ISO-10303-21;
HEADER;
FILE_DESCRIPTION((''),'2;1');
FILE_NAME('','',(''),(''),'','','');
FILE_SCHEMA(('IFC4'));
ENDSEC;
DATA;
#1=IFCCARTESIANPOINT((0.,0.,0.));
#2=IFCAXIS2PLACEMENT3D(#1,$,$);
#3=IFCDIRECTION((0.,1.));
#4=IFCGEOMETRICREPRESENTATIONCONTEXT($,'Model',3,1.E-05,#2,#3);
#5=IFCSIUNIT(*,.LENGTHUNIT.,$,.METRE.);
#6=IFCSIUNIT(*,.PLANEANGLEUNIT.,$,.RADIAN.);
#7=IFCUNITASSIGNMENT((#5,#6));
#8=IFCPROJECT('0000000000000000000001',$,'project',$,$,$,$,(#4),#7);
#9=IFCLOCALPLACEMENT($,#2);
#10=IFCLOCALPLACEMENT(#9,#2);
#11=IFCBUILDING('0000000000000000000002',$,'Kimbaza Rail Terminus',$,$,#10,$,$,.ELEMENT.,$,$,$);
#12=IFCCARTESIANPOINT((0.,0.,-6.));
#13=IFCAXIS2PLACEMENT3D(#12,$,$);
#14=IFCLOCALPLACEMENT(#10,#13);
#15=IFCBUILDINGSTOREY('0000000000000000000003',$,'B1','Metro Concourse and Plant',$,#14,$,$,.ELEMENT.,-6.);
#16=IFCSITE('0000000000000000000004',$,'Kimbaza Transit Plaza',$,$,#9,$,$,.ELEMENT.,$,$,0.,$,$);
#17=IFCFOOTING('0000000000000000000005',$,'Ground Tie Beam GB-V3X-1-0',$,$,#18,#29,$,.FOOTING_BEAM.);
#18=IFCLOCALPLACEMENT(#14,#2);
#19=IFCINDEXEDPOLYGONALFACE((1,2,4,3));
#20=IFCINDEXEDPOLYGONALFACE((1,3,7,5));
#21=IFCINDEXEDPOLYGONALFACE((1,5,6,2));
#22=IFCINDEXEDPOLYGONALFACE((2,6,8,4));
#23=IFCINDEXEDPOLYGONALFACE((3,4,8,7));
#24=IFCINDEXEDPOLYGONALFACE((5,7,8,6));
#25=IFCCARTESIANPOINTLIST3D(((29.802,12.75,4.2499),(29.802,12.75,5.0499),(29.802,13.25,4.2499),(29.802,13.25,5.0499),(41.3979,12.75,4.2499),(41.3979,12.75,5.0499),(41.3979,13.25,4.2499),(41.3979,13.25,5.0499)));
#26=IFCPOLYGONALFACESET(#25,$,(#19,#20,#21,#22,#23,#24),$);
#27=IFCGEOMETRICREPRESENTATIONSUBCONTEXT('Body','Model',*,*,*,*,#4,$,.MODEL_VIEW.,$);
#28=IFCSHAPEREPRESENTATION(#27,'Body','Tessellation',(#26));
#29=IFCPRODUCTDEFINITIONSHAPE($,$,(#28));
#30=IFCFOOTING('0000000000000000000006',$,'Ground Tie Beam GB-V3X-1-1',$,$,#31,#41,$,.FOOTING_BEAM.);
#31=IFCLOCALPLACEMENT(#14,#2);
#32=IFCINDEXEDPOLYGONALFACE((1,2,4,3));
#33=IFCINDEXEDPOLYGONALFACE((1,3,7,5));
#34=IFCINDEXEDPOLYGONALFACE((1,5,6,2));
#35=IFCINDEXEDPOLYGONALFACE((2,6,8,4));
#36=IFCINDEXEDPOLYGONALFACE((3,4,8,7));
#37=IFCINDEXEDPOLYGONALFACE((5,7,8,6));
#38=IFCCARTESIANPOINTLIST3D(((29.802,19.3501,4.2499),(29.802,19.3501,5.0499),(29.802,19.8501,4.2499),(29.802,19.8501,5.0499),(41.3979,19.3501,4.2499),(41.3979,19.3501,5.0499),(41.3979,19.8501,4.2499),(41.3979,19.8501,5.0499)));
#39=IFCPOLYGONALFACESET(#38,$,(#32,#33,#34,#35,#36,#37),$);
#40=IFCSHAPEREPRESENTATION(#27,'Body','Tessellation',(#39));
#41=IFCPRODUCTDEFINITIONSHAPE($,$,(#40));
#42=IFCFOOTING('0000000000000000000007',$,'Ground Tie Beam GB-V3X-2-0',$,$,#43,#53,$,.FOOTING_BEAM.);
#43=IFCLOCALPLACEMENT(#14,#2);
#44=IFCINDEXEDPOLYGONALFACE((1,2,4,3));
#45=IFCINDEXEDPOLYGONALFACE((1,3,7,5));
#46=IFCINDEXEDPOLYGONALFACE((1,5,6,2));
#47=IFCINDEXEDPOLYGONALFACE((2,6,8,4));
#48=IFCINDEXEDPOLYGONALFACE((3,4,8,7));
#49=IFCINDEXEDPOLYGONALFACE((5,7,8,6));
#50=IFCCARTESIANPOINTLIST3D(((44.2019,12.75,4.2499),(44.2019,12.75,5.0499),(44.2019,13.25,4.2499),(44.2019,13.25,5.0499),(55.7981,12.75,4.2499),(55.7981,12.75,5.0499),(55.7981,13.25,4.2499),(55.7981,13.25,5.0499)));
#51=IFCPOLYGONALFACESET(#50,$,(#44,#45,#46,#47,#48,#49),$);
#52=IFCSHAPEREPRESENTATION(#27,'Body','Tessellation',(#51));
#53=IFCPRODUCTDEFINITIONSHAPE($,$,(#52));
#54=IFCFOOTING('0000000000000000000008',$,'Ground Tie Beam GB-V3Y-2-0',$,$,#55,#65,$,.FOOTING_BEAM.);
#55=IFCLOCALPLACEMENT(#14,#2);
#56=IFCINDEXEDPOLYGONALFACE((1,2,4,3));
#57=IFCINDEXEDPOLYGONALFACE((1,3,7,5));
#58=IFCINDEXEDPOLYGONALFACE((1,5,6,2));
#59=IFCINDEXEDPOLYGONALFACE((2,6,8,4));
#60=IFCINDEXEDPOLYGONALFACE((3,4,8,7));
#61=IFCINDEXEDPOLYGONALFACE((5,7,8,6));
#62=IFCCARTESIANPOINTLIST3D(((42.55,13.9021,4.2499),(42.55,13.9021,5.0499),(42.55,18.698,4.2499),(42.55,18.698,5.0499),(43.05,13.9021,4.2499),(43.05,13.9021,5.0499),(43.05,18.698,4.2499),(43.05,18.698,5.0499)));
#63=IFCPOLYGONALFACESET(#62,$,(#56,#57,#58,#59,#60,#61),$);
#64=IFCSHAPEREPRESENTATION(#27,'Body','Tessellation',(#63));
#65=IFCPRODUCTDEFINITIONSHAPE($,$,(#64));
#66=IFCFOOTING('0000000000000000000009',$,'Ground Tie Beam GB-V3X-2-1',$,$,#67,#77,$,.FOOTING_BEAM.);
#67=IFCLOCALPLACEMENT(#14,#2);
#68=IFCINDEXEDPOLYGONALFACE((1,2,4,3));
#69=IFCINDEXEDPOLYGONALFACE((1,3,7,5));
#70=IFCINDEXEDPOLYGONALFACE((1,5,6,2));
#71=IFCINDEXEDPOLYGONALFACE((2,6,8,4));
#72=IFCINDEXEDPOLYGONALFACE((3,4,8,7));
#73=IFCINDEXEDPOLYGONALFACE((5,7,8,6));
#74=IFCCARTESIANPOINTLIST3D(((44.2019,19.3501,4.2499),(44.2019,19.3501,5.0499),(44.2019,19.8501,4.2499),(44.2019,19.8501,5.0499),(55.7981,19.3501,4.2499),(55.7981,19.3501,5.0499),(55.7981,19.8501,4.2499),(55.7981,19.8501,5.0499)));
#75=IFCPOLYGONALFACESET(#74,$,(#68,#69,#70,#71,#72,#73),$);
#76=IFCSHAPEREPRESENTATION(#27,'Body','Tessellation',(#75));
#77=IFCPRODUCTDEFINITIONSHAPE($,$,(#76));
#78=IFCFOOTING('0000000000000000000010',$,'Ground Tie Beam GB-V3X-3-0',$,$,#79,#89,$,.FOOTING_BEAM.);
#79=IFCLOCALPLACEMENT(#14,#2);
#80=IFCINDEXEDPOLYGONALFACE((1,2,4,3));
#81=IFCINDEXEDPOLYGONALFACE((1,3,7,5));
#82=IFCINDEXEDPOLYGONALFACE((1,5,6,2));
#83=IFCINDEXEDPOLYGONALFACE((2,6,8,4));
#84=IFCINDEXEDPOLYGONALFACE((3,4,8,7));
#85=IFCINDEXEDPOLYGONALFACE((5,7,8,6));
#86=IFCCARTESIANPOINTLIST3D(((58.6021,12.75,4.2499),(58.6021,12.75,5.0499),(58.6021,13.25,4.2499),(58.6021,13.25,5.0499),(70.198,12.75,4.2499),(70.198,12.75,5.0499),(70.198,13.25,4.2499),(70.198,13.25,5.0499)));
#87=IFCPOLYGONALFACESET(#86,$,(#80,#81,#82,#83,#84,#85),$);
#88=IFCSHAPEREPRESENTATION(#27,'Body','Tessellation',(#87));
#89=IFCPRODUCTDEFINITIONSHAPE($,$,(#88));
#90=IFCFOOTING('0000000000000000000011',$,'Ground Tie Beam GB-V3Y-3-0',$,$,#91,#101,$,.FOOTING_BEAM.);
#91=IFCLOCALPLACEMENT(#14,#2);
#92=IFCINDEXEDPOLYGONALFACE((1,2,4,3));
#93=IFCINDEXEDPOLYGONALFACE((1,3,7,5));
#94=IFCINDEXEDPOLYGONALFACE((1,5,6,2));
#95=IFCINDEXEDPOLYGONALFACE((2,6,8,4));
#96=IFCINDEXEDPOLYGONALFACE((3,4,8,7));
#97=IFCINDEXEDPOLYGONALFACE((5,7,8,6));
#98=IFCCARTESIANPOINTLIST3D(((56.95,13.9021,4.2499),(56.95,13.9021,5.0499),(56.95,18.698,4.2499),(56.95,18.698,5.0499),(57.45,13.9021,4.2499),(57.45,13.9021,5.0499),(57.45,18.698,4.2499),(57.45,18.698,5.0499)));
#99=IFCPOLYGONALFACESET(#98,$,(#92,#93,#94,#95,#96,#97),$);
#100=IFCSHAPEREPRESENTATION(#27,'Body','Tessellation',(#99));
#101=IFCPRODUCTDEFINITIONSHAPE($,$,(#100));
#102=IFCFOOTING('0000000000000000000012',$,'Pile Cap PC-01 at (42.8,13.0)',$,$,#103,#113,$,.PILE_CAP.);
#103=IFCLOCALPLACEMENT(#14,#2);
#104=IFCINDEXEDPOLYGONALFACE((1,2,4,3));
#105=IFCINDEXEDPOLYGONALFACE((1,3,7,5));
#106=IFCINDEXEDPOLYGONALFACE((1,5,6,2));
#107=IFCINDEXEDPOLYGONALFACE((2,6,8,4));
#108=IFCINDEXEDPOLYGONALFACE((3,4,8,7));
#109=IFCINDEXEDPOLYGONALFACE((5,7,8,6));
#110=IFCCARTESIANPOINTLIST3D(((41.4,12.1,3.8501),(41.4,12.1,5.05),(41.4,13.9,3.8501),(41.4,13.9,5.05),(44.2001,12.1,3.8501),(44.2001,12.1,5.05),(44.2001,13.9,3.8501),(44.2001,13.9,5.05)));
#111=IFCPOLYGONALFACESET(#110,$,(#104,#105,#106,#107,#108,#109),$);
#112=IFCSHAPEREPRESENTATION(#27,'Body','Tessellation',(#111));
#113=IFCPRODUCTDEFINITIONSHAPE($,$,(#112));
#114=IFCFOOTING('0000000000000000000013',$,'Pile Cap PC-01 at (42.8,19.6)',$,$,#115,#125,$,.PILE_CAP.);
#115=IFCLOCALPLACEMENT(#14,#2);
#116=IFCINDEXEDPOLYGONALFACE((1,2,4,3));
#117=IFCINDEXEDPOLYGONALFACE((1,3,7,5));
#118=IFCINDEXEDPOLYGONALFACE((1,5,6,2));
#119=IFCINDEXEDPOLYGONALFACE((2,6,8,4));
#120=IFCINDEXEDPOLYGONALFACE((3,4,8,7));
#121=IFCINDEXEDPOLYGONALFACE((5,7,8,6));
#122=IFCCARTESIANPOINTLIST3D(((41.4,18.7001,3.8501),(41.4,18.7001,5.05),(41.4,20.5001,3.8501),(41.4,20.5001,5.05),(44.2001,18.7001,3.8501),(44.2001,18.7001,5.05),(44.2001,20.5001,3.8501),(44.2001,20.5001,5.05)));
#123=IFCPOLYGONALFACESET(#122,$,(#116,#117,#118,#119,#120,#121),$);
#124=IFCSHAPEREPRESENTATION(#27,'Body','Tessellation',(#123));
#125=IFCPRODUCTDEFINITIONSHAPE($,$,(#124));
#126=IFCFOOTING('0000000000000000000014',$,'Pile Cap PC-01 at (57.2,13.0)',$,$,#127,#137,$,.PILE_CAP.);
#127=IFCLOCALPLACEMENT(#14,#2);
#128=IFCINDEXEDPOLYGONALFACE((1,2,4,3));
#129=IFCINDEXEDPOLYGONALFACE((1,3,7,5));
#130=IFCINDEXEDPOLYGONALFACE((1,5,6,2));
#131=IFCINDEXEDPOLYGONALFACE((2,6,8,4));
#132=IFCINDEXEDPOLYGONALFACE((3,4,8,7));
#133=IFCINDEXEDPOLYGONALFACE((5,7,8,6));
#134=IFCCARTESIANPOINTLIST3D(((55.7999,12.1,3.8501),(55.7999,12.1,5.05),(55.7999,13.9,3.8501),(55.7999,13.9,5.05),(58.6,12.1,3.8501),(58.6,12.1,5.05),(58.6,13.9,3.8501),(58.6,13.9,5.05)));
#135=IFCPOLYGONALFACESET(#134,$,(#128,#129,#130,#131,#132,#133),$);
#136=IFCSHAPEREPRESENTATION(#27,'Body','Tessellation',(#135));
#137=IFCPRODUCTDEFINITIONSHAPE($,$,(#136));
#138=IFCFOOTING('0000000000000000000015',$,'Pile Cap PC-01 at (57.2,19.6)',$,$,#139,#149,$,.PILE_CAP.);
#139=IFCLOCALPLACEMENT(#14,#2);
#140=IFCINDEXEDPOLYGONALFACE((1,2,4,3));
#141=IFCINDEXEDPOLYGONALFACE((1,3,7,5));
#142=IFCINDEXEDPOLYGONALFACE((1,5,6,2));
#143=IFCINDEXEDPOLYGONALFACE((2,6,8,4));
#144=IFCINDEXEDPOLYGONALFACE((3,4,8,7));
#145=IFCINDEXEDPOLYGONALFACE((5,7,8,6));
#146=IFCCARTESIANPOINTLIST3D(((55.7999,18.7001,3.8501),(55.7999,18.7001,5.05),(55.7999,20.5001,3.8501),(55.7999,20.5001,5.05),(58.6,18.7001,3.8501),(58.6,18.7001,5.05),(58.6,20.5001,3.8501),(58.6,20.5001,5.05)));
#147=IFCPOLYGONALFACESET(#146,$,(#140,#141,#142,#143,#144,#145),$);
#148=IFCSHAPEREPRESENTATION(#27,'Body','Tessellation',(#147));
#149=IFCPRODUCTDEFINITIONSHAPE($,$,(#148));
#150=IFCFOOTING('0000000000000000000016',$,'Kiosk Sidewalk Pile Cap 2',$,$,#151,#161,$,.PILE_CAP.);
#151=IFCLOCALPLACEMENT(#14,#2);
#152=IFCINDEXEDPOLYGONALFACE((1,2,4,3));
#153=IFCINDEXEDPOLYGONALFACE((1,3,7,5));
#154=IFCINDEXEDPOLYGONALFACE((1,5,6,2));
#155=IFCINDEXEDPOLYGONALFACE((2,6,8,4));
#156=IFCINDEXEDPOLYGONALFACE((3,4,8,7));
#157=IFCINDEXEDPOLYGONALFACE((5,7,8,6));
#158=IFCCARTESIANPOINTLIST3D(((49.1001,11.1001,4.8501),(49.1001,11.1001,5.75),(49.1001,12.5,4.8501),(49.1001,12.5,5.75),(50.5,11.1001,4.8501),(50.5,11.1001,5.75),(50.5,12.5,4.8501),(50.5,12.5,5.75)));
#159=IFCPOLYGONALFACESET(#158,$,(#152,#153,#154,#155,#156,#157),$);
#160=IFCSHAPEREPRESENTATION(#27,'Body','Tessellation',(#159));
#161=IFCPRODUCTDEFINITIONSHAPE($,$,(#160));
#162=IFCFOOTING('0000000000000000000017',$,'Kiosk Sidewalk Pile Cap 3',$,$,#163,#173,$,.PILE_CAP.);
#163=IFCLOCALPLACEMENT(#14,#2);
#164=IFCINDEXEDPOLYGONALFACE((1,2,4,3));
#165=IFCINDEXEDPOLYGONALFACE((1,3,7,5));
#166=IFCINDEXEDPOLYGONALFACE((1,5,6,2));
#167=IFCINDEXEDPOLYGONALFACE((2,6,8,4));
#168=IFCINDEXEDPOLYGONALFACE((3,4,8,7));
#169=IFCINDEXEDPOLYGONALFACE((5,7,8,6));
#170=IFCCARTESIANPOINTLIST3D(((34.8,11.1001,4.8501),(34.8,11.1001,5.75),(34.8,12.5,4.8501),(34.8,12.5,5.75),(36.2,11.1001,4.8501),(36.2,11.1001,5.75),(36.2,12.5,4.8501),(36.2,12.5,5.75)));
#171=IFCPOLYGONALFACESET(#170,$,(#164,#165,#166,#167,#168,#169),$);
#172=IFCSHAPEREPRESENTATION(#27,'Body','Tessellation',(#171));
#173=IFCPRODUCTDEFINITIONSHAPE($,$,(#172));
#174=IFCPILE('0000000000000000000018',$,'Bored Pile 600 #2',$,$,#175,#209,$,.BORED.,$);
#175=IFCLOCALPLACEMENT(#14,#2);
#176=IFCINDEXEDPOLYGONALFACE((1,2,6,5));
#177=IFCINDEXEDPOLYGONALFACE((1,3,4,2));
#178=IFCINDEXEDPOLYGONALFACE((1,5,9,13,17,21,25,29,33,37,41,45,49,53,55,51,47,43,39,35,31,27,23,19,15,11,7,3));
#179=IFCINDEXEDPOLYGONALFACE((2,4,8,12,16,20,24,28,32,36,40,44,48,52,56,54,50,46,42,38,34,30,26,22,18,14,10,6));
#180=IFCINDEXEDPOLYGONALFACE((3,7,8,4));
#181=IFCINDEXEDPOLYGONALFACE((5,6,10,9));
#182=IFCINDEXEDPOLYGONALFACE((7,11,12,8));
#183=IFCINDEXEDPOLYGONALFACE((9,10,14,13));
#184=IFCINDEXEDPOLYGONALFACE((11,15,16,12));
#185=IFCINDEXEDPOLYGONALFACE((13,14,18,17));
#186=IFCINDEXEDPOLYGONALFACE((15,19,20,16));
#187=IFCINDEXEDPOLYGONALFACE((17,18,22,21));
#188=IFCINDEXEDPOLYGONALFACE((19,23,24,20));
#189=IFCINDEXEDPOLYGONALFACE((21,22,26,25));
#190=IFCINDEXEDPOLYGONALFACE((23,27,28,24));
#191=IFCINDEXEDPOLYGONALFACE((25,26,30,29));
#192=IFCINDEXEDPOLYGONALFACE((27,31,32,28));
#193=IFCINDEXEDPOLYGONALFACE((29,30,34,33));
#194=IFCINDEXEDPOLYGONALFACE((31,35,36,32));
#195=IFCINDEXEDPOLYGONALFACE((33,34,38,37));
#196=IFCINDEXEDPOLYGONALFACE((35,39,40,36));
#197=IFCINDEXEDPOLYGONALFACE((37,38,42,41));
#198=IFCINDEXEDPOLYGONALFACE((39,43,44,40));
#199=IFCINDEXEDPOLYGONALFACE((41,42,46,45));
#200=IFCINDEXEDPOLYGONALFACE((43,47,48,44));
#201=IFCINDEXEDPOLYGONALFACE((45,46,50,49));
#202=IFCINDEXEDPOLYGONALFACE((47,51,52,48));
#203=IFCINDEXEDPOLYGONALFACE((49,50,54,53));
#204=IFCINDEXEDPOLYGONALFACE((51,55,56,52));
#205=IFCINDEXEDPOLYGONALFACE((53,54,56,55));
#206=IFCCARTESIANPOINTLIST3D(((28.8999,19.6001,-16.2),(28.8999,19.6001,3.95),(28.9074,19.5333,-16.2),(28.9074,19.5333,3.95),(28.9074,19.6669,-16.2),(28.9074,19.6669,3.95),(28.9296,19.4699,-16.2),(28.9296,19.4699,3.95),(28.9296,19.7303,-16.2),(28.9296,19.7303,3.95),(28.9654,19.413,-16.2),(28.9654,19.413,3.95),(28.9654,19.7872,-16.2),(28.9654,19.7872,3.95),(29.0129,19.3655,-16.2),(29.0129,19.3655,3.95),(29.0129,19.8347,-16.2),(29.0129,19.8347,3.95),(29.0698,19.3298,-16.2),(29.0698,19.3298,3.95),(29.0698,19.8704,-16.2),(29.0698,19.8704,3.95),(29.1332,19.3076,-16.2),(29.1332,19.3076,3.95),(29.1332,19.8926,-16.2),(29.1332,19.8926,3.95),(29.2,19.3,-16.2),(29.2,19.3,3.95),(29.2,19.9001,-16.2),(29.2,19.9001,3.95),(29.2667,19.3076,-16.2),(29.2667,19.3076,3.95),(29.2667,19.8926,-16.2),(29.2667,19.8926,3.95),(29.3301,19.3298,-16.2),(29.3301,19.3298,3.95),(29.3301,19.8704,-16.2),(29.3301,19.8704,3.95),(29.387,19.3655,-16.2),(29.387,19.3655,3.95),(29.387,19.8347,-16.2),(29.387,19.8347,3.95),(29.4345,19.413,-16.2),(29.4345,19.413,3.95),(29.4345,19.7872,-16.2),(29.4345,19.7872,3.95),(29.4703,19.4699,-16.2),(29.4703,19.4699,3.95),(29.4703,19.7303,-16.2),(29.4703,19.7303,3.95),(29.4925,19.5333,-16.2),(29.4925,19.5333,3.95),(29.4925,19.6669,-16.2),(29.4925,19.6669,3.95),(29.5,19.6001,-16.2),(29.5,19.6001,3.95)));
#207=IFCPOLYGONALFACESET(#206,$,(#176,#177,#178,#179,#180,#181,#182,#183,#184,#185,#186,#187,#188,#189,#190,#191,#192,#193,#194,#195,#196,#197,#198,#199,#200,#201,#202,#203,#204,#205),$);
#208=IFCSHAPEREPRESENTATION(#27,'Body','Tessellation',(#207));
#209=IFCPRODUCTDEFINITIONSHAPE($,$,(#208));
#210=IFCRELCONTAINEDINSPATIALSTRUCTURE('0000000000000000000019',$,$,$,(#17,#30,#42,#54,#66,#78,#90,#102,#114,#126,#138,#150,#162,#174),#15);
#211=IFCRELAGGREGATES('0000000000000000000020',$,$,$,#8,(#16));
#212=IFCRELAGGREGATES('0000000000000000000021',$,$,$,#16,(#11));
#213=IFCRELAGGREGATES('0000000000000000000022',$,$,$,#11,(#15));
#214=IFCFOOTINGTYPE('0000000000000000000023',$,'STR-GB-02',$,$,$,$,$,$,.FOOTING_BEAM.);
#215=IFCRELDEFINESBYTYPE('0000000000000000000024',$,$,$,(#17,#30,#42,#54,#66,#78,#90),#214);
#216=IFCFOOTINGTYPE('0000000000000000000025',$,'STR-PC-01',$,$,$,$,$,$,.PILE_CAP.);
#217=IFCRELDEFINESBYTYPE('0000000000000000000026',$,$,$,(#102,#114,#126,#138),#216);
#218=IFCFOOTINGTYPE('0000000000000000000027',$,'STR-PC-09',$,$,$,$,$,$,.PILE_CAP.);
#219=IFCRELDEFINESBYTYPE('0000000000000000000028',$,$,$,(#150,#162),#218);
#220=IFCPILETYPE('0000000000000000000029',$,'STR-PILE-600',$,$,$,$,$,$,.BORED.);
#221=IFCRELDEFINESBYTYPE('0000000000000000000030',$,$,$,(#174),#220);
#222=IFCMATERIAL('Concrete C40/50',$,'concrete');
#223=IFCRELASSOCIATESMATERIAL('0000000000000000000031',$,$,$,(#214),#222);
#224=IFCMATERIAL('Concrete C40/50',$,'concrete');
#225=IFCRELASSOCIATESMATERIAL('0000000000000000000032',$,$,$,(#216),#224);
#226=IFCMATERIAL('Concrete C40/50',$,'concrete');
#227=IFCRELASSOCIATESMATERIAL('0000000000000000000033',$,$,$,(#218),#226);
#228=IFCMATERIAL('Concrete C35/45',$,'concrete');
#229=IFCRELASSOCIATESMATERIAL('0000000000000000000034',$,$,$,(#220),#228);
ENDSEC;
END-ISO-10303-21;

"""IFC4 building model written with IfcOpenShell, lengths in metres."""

from ifc_helpers import new_model, si_unit, direction, frame, origin, origin_2d, place, context, subcontext, project, spatial, rectangle, circle, extrude, material, material_profile, profile_set, type_object, element, save


model = new_model("IFC4")

# Units and contexts
model_context = context("Model", 3, precision=1e-05, world=origin(), true_north=direction((0.0, 1.0)))
body_context = subcontext(model_context, "Body", "Model", "MODEL_VIEW")
ifc_project = project(units=[si_unit("LENGTHUNIT", "METRE"), si_unit("PLANEANGLEUNIT", "RADIAN")], contexts=[model_context])

# Site, building, storey
site_placement = place(None, origin())
site = spatial("IfcSite", under=ifc_project, at=site_placement, Name="Kimbaza Transit Plaza", CompositionType="ELEMENT", RefElevation=0.0)
building_placement = place(site_placement, origin())
building = spatial("IfcBuilding", under=site, at=building_placement, Name="Kimbaza Rail Terminus", CompositionType="ELEMENT")
storey_placement = place(building_placement, frame((0.0, 0.0, -6.0)))
storey = spatial("IfcBuildingStorey", under=building, at=storey_placement, Name="B1", Description="Metro Concourse and Plant", CompositionType="ELEMENT", Elevation=-6.0)

# Footings
ifc_material_1 = material(Name="Concrete C40/50", Category="concrete")
ifc_material_profile_1 = material_profile(ifc_material_1, rectangle(XDim=0.5, YDim=0.8, at=origin_2d()), Name="GB-02 500x800")
ifc_profile_set_1 = profile_set([ifc_material_profile_1], Name="Concrete C40/50")
footing_type_1 = type_object("IfcFootingType", Name="STR-GB-02", PredefinedType="FOOTING_BEAM", material=ifc_profile_set_1)
for number, where, z_axis, x_axis, name in (
    (1, (29.802, 13.0, 4.6499), (1.0, 0.0, 0.0), (0.0, 1.0, 0.0), "Ground Tie Beam GB-V3X-1-0"),
    (2, (29.802, 19.6001, 4.6499), (1.0, 0.0, 0.0), (0.0, 1.0, 0.0), "Ground Tie Beam GB-V3X-1-1"),
):
    element("IfcFooting", number, at=place(storey_placement, frame(where, z_axis=z_axis, x_axis=x_axis)), inside=storey, type_object=footing_type_1, Name=name, PredefinedType="FOOTING_BEAM", context=body_context, shape_type="SweptSolid", body=[
        extrude(rectangle(XDim=0.5, YDim=0.8, at=origin_2d()), origin(), (0.0, 0.0, 1.0), 11.5959),
    ])
footing_1_placement = place(storey_placement, frame((44.2019, 13.0, 4.6499), z_axis=(1.0, 0.0, 0.0), x_axis=(0.0, 1.0, 0.0)))
element("IfcFooting", 3, at=footing_1_placement, inside=storey, type_object=footing_type_1, Name="Ground Tie Beam GB-V3X-2-0", PredefinedType="FOOTING_BEAM", context=body_context, shape_type="SweptSolid", body=[
    extrude(rectangle(XDim=0.5, YDim=0.8, at=origin_2d()), origin(), (0.0, 0.0, 1.0), 11.5962),
])
footing_2_placement = place(storey_placement, frame((42.8, 13.9021, 4.6499), z_axis=(0.0, 1.0, 0.0), x_axis=(-1.0, 0.0, 0.0)))
element("IfcFooting", 4, at=footing_2_placement, inside=storey, type_object=footing_type_1, Name="Ground Tie Beam GB-V3Y-2-0", PredefinedType="FOOTING_BEAM", context=body_context, shape_type="SweptSolid", body=[
    extrude(rectangle(XDim=0.5, YDim=0.8, at=origin_2d()), origin(), (0.0, 0.0, 1.0), 4.7959),
])
footing_3_placement = place(storey_placement, frame((44.2019, 19.6001, 4.6499), z_axis=(1.0, 0.0, 0.0), x_axis=(0.0, 1.0, 0.0)))
element("IfcFooting", 5, at=footing_3_placement, inside=storey, type_object=footing_type_1, Name="Ground Tie Beam GB-V3X-2-1", PredefinedType="FOOTING_BEAM", context=body_context, shape_type="SweptSolid", body=[
    extrude(rectangle(XDim=0.5, YDim=0.8, at=origin_2d()), origin(), (0.0, 0.0, 1.0), 11.5962),
])
footing_4_placement = place(storey_placement, frame((58.6021, 13.0, 4.6499), z_axis=(1.0, 0.0, 0.0), x_axis=(0.0, 1.0, 0.0)))
element("IfcFooting", 6, at=footing_4_placement, inside=storey, type_object=footing_type_1, Name="Ground Tie Beam GB-V3X-3-0", PredefinedType="FOOTING_BEAM", context=body_context, shape_type="SweptSolid", body=[
    extrude(rectangle(XDim=0.5, YDim=0.8, at=origin_2d()), origin(), (0.0, 0.0, 1.0), 11.5959),
])
footing_5_placement = place(storey_placement, frame((57.2, 13.9021, 4.6499), z_axis=(0.0, 1.0, 0.0), x_axis=(-1.0, 0.0, 0.0)))
element("IfcFooting", 7, at=footing_5_placement, inside=storey, type_object=footing_type_1, Name="Ground Tie Beam GB-V3Y-3-0", PredefinedType="FOOTING_BEAM", context=body_context, shape_type="SweptSolid", body=[
    extrude(rectangle(XDim=0.5, YDim=0.8, at=origin_2d()), origin(), (0.0, 0.0, 1.0), 4.7959),
])
ifc_material_2 = material(Name="Concrete C40/50", Category="concrete")
footing_type_2 = type_object("IfcFootingType", Name="STR-PC-01", PredefinedType="PILE_CAP", material=ifc_material_2)
for number, where, z_axis, x_axis, name in (
    (8, (42.8, 13.0, 3.8501), (0.0, 0.0, 1.0), (1.0, 0.0, 0.0), "Pile Cap PC-01 at (42.8,13.0)"),
    (9, (42.8, 19.6001, 3.8501), (0.0, 0.0, 1.0), (1.0, 0.0, 0.0), "Pile Cap PC-01 at (42.8,19.6)"),
    (10, (57.2, 13.0, 3.8501), (0.0, 0.0, 1.0), (1.0, 0.0, 0.0), "Pile Cap PC-01 at (57.2,13.0)"),
    (11, (57.2, 19.6001, 3.8501), (0.0, 0.0, 1.0), (1.0, 0.0, 0.0), "Pile Cap PC-01 at (57.2,19.6)"),
):
    element("IfcFooting", number, at=place(storey_placement, frame(where, z_axis=z_axis, x_axis=x_axis)), inside=storey, type_object=footing_type_2, Name=name, PredefinedType="PILE_CAP", context=body_context, shape_type="SweptSolid", body=[
        extrude(rectangle(XDim=2.8, YDim=1.8, at=origin_2d()), origin(), (0.0, 0.0, 1.0), 1.2),
    ])
ifc_material_3 = material(Name="Concrete C40/50", Category="concrete")
footing_type_3 = type_object("IfcFootingType", Name="STR-PC-09", PredefinedType="PILE_CAP", material=ifc_material_3)
for number, where, z_axis, x_axis, name in (
    (12, (49.8, 11.8, 4.8501), (0.0, 0.0, 1.0), (1.0, 0.0, 0.0), "Kiosk Sidewalk Pile Cap 2"),
    (13, (35.5, 11.8, 4.8501), (0.0, 0.0, 1.0), (1.0, 0.0, 0.0), "Kiosk Sidewalk Pile Cap 3"),
):
    element("IfcFooting", number, at=place(storey_placement, frame(where, z_axis=z_axis, x_axis=x_axis)), inside=storey, type_object=footing_type_3, Name=name, PredefinedType="PILE_CAP", context=body_context, shape_type="SweptSolid", body=[
        extrude(rectangle(XDim=1.3999, YDim=1.3999, at=origin_2d()), origin(), (0.0, 0.0, 1.0), 0.8999),
    ])

# Pile
ifc_material_4 = material(Name="Concrete C35/45", Category="concrete")
ifc_material_profile_2 = material_profile(ifc_material_4, circle(Radius=0.3, at=origin_2d()), Name="BORED PILE 600")
ifc_profile_set_2 = profile_set([ifc_material_profile_2], Name="Concrete C35/45")
pile_type = type_object("IfcPileType", Name="STR-PILE-600", PredefinedType="BORED", material=ifc_profile_set_2)
for number, where, z_axis, x_axis, name in (
    (14, (29.2, 19.6001, 3.95), (0.0, 0.0, -1.0), (1.0, 0.0, 0.0), "Bored Pile 600 #2"),
):
    element("IfcPile", number, at=place(storey_placement, frame(where, z_axis=z_axis, x_axis=x_axis)), inside=storey, type_object=pile_type, Name=name, PredefinedType="BORED", context=body_context, shape_type="SweptSolid", body=[
        extrude(circle(Radius=0.3, at=origin_2d()), origin(), (0.0, 0.0, 1.0), 20.1499),
    ])

save(model, "model.ifc")
